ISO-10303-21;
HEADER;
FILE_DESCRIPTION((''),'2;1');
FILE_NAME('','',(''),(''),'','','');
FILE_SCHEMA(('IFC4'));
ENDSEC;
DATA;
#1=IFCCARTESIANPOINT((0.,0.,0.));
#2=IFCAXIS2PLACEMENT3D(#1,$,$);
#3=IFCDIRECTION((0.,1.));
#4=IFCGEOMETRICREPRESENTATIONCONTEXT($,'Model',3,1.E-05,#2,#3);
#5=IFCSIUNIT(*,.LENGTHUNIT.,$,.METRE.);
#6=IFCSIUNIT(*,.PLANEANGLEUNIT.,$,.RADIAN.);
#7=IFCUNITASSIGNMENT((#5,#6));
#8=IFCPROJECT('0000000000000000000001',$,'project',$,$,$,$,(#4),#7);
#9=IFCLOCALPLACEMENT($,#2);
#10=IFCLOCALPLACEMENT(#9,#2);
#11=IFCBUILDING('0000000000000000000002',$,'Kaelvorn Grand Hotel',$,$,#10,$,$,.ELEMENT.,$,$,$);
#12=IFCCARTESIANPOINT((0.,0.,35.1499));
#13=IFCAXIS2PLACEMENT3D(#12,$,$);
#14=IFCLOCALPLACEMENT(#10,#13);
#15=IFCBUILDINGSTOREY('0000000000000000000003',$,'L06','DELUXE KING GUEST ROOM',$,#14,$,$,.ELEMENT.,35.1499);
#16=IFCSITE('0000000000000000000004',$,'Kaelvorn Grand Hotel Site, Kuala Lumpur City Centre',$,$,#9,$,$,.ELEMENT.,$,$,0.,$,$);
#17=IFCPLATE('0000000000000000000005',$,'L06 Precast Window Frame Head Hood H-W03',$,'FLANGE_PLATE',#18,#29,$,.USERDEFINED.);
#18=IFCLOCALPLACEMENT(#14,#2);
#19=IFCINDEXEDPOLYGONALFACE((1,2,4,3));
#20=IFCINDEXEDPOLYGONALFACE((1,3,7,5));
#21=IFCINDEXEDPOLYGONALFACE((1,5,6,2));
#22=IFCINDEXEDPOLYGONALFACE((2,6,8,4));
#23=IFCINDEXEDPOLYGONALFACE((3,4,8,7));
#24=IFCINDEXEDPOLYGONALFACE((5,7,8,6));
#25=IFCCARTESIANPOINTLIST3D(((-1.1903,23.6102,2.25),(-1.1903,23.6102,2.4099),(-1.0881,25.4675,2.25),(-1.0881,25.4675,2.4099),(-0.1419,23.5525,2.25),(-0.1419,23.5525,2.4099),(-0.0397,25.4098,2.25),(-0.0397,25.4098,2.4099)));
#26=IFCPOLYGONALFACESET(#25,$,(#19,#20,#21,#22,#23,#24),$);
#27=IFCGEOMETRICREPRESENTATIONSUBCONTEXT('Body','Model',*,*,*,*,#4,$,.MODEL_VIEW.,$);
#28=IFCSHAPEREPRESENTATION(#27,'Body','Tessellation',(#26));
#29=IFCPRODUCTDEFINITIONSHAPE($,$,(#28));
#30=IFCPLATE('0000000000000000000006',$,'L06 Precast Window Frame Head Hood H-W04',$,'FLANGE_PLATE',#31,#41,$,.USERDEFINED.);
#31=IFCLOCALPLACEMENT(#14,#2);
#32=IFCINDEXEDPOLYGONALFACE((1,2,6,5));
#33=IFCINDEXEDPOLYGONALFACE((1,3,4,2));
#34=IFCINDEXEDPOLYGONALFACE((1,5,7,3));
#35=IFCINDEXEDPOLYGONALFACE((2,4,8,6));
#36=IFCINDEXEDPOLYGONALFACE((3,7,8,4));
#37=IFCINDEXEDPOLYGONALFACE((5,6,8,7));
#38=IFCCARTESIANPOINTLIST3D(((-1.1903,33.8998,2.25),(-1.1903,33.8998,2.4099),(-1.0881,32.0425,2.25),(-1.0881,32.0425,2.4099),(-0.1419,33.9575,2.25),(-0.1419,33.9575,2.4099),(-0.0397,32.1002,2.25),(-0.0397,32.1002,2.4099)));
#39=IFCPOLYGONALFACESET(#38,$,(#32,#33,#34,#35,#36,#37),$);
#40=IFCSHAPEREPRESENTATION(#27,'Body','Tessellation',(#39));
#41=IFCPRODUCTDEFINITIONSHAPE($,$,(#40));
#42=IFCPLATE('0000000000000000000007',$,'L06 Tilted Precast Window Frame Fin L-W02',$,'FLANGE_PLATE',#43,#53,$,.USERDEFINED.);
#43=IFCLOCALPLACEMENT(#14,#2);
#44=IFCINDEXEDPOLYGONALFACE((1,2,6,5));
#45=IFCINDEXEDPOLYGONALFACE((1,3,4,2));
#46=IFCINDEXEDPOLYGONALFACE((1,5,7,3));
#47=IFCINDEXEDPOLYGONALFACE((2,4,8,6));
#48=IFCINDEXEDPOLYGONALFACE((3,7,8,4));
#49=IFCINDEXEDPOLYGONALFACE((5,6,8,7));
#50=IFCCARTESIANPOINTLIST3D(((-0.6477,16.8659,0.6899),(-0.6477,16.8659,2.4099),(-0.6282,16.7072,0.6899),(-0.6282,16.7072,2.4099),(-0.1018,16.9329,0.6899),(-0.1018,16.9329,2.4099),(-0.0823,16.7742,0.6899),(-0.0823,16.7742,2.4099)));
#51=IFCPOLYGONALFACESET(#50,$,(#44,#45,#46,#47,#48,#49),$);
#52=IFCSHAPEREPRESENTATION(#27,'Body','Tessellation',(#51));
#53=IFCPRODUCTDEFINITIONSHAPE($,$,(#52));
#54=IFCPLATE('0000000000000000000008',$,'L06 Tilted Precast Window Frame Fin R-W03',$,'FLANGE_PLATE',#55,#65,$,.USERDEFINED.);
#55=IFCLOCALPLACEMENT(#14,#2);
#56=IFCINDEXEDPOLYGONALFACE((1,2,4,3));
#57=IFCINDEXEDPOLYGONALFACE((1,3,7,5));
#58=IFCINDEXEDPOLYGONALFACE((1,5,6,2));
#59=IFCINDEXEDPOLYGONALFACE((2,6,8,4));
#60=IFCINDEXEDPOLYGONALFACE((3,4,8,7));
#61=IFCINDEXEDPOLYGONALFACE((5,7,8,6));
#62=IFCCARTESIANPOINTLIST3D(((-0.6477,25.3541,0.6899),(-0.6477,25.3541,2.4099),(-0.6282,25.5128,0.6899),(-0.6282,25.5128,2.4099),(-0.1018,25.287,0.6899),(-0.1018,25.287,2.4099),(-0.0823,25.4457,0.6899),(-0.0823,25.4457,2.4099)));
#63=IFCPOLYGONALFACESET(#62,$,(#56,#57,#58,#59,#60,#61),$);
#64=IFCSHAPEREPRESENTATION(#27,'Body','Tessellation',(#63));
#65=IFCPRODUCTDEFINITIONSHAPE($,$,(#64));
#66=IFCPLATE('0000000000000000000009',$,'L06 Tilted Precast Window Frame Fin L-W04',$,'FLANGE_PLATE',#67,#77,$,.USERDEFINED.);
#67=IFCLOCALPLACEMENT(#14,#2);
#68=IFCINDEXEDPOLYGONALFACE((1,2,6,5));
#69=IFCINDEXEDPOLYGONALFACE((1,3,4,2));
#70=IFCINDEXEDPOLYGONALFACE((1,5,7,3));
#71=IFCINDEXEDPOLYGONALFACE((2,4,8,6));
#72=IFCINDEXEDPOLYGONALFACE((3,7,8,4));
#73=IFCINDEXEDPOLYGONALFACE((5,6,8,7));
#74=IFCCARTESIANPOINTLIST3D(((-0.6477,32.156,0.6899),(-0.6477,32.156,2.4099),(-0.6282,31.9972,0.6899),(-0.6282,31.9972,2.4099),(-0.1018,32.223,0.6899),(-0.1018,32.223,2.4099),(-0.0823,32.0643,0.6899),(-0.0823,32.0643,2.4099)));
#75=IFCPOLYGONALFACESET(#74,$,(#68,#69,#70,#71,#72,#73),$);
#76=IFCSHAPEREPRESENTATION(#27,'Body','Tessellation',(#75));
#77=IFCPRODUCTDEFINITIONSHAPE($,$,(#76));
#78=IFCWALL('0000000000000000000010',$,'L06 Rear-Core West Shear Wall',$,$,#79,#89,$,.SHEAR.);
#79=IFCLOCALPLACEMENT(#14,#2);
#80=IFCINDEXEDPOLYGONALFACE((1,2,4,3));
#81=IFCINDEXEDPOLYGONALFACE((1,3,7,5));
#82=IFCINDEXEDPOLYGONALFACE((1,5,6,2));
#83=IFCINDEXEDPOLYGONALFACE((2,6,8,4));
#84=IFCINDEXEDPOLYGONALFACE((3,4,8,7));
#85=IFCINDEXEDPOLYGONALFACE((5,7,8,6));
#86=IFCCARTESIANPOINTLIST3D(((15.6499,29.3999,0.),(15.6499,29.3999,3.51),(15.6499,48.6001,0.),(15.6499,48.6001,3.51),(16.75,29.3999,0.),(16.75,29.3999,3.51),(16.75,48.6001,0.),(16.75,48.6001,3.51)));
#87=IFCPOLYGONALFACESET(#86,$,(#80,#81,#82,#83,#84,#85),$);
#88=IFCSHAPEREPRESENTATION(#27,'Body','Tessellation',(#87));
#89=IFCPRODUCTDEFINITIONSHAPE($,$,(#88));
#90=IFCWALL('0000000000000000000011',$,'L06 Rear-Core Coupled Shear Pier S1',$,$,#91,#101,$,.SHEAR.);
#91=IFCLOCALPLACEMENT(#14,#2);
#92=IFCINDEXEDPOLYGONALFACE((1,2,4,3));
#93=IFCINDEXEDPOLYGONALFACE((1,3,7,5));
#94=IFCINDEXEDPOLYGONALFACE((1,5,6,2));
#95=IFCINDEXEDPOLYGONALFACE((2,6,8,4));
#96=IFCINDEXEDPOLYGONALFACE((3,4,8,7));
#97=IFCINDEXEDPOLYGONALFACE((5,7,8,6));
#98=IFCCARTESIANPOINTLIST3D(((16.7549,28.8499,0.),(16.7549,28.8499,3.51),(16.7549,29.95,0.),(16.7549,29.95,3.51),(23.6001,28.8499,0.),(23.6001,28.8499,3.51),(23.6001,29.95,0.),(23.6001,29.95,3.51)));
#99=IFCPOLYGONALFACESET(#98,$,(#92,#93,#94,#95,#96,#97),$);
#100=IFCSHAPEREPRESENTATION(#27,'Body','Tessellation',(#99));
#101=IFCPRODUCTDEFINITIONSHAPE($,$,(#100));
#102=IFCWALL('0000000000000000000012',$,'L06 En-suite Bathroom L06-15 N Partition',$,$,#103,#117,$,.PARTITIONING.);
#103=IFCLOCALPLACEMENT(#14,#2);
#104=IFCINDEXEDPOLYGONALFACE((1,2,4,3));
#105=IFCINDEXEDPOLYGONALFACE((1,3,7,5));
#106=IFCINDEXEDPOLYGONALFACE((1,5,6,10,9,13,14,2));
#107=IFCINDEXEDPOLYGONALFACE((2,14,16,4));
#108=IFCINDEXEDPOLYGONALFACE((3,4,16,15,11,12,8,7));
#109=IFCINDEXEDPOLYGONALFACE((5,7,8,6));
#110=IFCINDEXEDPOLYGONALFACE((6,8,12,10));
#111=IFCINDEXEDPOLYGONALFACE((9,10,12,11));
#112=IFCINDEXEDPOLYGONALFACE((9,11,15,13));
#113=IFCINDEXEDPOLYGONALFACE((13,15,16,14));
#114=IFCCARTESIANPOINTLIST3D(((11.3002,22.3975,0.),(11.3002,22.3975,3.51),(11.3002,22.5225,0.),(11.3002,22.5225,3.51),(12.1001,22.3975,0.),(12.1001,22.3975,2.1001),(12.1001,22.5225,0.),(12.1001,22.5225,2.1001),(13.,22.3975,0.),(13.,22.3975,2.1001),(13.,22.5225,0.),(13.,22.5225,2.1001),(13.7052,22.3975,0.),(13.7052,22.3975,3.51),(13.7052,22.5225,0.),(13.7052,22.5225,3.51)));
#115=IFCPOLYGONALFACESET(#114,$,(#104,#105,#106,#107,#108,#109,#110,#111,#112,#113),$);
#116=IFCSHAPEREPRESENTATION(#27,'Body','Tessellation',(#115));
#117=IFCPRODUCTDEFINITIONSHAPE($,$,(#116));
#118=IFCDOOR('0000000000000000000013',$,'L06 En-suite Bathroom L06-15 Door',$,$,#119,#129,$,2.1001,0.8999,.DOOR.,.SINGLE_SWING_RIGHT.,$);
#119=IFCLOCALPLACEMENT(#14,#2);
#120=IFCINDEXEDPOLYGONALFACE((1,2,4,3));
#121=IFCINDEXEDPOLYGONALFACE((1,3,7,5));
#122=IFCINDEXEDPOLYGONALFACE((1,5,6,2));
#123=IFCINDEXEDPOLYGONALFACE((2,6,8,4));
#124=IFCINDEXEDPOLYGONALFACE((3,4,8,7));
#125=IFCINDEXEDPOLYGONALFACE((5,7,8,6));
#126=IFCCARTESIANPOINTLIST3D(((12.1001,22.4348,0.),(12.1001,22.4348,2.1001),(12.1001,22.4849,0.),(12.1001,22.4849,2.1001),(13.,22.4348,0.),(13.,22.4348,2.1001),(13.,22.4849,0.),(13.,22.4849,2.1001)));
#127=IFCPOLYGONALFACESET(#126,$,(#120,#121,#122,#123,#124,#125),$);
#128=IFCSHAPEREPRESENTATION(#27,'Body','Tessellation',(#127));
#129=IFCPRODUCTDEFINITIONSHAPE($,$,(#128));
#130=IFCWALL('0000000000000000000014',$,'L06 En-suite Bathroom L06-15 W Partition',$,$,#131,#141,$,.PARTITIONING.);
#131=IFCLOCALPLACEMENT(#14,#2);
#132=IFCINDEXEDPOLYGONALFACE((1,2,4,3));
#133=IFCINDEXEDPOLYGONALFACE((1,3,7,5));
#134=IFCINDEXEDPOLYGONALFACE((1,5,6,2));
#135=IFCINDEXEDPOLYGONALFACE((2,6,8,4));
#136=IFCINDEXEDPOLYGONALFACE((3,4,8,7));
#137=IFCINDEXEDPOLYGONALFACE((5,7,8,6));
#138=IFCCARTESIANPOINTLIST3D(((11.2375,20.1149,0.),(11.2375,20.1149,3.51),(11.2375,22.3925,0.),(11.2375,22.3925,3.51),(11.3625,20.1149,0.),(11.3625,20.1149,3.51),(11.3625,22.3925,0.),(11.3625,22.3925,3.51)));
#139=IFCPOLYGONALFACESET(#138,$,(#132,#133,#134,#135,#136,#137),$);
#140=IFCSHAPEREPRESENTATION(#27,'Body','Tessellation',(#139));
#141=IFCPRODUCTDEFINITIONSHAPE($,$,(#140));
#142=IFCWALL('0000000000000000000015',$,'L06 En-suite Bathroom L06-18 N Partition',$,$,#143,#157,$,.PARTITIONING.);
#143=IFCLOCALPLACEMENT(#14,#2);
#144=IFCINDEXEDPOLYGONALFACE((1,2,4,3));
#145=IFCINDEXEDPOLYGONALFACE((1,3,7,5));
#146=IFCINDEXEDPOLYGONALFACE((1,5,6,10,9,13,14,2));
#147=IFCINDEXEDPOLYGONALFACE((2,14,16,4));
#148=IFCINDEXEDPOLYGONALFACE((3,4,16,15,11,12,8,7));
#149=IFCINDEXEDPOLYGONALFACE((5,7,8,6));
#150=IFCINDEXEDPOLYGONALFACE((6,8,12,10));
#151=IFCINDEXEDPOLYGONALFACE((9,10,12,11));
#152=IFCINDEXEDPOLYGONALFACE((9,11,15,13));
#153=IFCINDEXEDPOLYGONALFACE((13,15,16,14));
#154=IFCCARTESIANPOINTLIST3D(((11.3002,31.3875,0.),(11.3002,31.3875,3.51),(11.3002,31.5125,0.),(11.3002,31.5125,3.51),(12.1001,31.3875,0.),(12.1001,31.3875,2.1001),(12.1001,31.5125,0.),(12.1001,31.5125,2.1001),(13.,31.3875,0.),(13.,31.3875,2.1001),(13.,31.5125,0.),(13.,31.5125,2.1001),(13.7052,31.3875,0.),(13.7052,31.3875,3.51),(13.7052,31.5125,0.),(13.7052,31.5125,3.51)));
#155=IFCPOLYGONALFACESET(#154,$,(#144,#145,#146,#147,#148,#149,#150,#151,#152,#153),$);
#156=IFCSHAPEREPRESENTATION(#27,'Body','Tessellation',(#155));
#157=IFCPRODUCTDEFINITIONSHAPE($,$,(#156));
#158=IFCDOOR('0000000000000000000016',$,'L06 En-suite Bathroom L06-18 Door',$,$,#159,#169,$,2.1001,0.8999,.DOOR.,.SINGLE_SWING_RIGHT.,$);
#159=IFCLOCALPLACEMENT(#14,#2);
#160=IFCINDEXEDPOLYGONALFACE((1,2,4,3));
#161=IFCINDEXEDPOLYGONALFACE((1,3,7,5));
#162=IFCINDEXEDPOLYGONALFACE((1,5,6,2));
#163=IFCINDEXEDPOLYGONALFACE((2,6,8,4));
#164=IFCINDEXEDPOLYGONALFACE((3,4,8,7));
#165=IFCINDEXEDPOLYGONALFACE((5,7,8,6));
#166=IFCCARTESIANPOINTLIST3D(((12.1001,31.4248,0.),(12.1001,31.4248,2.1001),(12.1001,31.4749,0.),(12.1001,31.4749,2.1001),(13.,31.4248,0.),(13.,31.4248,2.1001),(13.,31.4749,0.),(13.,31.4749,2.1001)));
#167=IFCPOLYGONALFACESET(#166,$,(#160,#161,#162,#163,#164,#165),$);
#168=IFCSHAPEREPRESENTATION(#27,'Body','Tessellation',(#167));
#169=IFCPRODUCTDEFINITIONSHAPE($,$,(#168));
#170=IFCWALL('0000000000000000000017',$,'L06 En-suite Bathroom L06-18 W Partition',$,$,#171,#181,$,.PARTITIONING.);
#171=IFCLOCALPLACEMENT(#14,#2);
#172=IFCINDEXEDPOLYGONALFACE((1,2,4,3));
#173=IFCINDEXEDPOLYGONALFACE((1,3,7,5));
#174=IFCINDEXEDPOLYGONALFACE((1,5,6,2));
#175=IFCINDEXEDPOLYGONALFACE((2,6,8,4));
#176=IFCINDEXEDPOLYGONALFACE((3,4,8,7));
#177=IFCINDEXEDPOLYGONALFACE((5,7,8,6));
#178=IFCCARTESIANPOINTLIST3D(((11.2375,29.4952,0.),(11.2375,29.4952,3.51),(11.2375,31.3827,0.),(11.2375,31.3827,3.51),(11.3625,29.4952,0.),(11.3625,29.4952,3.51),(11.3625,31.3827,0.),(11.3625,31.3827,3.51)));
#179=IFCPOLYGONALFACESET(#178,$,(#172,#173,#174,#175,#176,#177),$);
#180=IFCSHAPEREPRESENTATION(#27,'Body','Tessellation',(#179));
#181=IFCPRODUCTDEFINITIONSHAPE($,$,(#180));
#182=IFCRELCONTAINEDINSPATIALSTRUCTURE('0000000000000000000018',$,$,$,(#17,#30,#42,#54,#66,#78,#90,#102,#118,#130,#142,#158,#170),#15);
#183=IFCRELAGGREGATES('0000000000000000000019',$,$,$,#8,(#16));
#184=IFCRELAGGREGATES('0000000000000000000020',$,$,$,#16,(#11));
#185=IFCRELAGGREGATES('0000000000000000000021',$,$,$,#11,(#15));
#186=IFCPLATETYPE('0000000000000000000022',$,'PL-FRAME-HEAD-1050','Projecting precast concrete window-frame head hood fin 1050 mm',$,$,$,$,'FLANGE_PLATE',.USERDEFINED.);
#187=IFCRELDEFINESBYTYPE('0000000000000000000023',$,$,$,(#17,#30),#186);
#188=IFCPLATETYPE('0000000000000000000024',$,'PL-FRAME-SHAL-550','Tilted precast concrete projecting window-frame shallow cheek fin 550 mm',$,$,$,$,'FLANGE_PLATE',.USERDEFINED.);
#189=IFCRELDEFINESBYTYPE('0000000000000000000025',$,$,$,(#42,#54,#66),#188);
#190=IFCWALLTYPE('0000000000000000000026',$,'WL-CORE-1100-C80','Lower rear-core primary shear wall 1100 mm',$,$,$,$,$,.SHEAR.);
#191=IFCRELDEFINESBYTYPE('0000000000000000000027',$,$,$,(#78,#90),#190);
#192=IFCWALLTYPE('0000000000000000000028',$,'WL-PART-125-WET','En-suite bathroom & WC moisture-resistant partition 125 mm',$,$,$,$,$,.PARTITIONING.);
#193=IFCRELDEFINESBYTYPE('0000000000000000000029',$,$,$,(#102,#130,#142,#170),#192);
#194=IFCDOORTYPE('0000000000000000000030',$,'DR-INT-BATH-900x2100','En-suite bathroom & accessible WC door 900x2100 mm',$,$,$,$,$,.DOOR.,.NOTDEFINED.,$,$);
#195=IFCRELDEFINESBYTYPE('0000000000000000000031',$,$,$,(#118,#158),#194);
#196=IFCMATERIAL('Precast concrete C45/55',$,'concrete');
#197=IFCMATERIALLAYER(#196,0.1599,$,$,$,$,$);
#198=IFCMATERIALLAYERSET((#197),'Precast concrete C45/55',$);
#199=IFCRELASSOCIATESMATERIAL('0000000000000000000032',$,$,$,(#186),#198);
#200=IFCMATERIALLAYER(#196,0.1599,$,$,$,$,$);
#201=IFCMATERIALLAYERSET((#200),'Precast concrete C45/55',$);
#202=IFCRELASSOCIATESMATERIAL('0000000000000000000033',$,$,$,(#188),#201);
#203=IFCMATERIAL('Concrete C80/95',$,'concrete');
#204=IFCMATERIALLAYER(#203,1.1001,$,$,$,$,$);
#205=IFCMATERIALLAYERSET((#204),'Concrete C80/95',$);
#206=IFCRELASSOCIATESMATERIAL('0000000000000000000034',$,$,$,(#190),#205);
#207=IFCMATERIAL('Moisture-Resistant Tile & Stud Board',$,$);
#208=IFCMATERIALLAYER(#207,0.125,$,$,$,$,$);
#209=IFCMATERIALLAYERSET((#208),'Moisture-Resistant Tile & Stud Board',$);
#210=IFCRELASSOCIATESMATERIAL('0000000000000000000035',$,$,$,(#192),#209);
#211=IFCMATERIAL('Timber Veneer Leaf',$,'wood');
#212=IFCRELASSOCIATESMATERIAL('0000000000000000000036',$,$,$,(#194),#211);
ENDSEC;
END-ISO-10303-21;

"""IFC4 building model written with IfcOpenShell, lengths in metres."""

from ifc_helpers import new_model, si_unit, direction, frame, frame_2d, origin, origin_2d, place, context, subcontext, project, spatial, rectangle, extrude, material, layer, layer_set, type_object, element, fill, save


model = new_model("IFC4")

# Units and contexts
model_context = context("Model", 3, precision=1e-05, world=origin(), true_north=direction((0.0, 1.0)))
body_context = subcontext(model_context, "Body", "Model", "MODEL_VIEW")
ifc_project = project(units=[si_unit("LENGTHUNIT", "METRE"), si_unit("PLANEANGLEUNIT", "RADIAN")], contexts=[model_context])

# Site, building, storey
site_placement = place(None, origin())
site = spatial("IfcSite", under=ifc_project, at=site_placement, Name="Kaelvorn Grand Hotel Site, Kuala Lumpur City Centre", CompositionType="ELEMENT", RefElevation=0.0)
building_placement = place(site_placement, origin())
building = spatial("IfcBuilding", under=site, at=building_placement, Name="Kaelvorn Grand Hotel", CompositionType="ELEMENT")
storey_placement = place(building_placement, frame((0.0, 0.0, 35.1499)))
storey = spatial("IfcBuildingStorey", under=building, at=storey_placement, Name="L06", Description="DELUXE KING GUEST ROOM", CompositionType="ELEMENT", Elevation=35.1499)

# Shared definitions
ifc_material_1 = material(Name="Concrete C80/95", Category="concrete")

# Plates
ifc_material_2 = material(Name="Precast concrete C45/55", Category="concrete")
ifc_layer_1 = layer(ifc_material_2, 0.1599)
ifc_layer_set_1 = layer_set([ifc_layer_1], Name="Precast concrete C45/55")
plate_type_1 = type_object("IfcPlateType", Name="PL-FRAME-HEAD-1050", Description="Projecting precast concrete window-frame head hood fin 1050 mm", ElementType="FLANGE_PLATE", PredefinedType="USERDEFINED", material=ifc_layer_set_1)
for number, where, z_axis, x_axis, name in (
    (1, (-0.615, 24.51, 2.25), (0.0, 0.0, 1.0), (0.05495, 0.998489, 0.0), "L06 Precast Window Frame Head Hood H-W03"),
    (2, (-0.615, 33.0, 2.25), (0.0, 0.0, 1.0), (-0.05495, 0.998489, 0.0), "L06 Precast Window Frame Head Hood H-W04"),
):
    element("IfcPlate", number, at=place(storey_placement, frame(where, z_axis=z_axis, x_axis=x_axis)), inside=storey, type_object=plate_type_1, Name=name, ObjectType="FLANGE_PLATE", PredefinedType="USERDEFINED", context=body_context, shape_type="SweptSolid", body=[
        extrude(rectangle(XDim=1.8601, YDim=1.05, at=origin_2d()), origin(), (0.0, 0.0, 1.0), 0.1599),
    ])
ifc_layer_2 = layer(ifc_material_2, 0.1599)
ifc_layer_set_2 = layer_set([ifc_layer_2], Name="Precast concrete C45/55")
plate_type_2 = type_object("IfcPlateType", Name="PL-FRAME-SHAL-550", Description="Tilted precast concrete projecting window-frame shallow cheek fin 550 mm", ElementType="FLANGE_PLATE", PredefinedType="USERDEFINED", material=ifc_layer_set_2)
for number, where, z_axis, x_axis, name in (
    (3, (-0.365, 16.8201, 0.6899), (0.0, 0.0, 1.0), (-0.121869, 0.992546, 0.0), "L06 Tilted Precast Window Frame Fin L-W02"),
    (4, (-0.365, 25.3999, 0.6899), (0.0, 0.0, 1.0), (0.121869, 0.992546, 0.0), "L06 Tilted Precast Window Frame Fin R-W03"),
    (5, (-0.365, 32.1101, 0.6899), (0.0, 0.0, 1.0), (-0.121869, 0.992546, 0.0), "L06 Tilted Precast Window Frame Fin L-W04"),
):
    element("IfcPlate", number, at=place(storey_placement, frame(where, z_axis=z_axis, x_axis=x_axis)), inside=storey, type_object=plate_type_2, Name=name, ObjectType="FLANGE_PLATE", PredefinedType="USERDEFINED", context=body_context, shape_type="SweptSolid", body=[
        extrude(rectangle(XDim=0.1599, YDim=0.55, at=origin_2d()), origin(), (0.0, 0.0, 1.0), 1.72),
    ])

# Walls
ifc_layer_3 = layer(ifc_material_1, 1.1001)
ifc_layer_set_3 = layer_set([ifc_layer_3], Name="Concrete C80/95")
wall_type_1 = type_object("IfcWallType", Name="WL-CORE-1100-C80", Description="Lower rear-core primary shear wall 1100 mm", PredefinedType="SHEAR", material=ifc_layer_set_3)
wall_1_placement = place(storey_placement, frame((16.2, 29.3999, 0.0), z_axis=(0.0, 0.0, 1.0), x_axis=(0.0, 1.0, 0.0)))
element("IfcWall", 6, at=wall_1_placement, inside=storey, type_object=wall_type_1, Name="L06 Rear-Core West Shear Wall", PredefinedType="SHEAR", context=body_context, shape_type="SweptSolid", body=[
    extrude(rectangle(XDim=19.2002, YDim=1.1001, at=frame_2d((9.6001, 0.0))), origin(), (0.0, 0.0, 1.0), 3.51),
])
wall_2_placement = place(storey_placement, frame((16.7549, 29.3999, 0.0), z_axis=(0.0, 0.0, 1.0), x_axis=(1.0, 0.0, 0.0)))
element("IfcWall", 7, at=wall_2_placement, inside=storey, type_object=wall_type_1, Name="L06 Rear-Core Coupled Shear Pier S1", PredefinedType="SHEAR", context=body_context, shape_type="SweptSolid", body=[
    extrude(rectangle(XDim=6.8452, YDim=1.1001, at=frame_2d((3.4226, 0.0))), origin(), (0.0, 0.0, 1.0), 3.51),
])

# Wall, opening, door
ifc_material_3 = material(Name="Moisture-Resistant Tile & Stud Board")
ifc_layer_4 = layer(ifc_material_3, 0.125)
ifc_layer_set_4 = layer_set([ifc_layer_4], Name="Moisture-Resistant Tile & Stud Board")
wall_type_2 = type_object("IfcWallType", Name="WL-PART-125-WET", Description="En-suite bathroom & WC moisture-resistant partition 125 mm", PredefinedType="PARTITIONING", material=ifc_layer_set_4)
wall_3_placement = place(storey_placement, frame((11.3, 22.46, 0.0), z_axis=(0.0, 0.0, 1.0), x_axis=(1.0, 0.0, 0.0)))
wall_3 = element("IfcWall", 8, at=wall_3_placement, inside=storey, type_object=wall_type_2, Name="L06 En-suite Bathroom L06-15 N Partition", PredefinedType="PARTITIONING", context=body_context, shape_type="SweptSolid", body=[
    extrude(rectangle(XDim=2.405, YDim=0.125, at=frame_2d((1.2026, 0.0))), origin(), (0.0, 0.0, 1.0), 3.51),
])
opening_1_placement = place(wall_3_placement, frame((0.8, 0.0, 0.0)))
opening_1 = element("IfcOpeningElement", 9, at=opening_1_placement, cuts=wall_3, PredefinedType="OPENING", context=body_context, shape_type="SweptSolid", body=[
    extrude(rectangle(XDim=0.8999, YDim=2.1001, at=frame_2d((0.45, 1.05))), frame((0.0, 0.0725, 0.0), z_axis=(0.0, -1.0, 0.0), x_axis=(1.0, 0.0, 0.0)), (0.0, 0.0, 1.0), 0.145),
])
ifc_material_4 = material(Name="Timber Veneer Leaf", Category="wood")
door_type_1 = type_object("IfcDoorType", Name="DR-INT-BATH-900x2100", Description="En-suite bathroom & accessible WC door 900x2100 mm", OperationType="NOTDEFINED", PredefinedType="DOOR", material=ifc_material_4)
door_1_placement = place(opening_1_placement, origin())
door_1 = element("IfcDoor", 10, at=door_1_placement, inside=storey, type_object=door_type_1, Name="L06 En-suite Bathroom L06-15 Door", OperationType="SINGLE_SWING_RIGHT", OverallHeight=2.1001, OverallWidth=0.8999, PredefinedType="DOOR", context=body_context, shape_type="SweptSolid", body=[
    extrude(rectangle(XDim=0.8999, YDim=2.1001, at=frame_2d((0.45, 1.05))), frame((0.0, 0.0249, 0.0), z_axis=(0.0, -1.0, 0.0), x_axis=(1.0, 0.0, 0.0)), (0.0, 0.0, 1.0), 0.05),
])
fill(opening_1, door_1)

# Wall
wall_4_placement = place(storey_placement, frame((11.3, 20.115, 0.0), z_axis=(0.0, 0.0, 1.0), x_axis=(0.0, 1.0, 0.0)))
element("IfcWall", 11, at=wall_4_placement, inside=storey, type_object=wall_type_2, Name="L06 En-suite Bathroom L06-15 W Partition", PredefinedType="PARTITIONING", context=body_context, shape_type="SweptSolid", body=[
    extrude(rectangle(XDim=2.2776, YDim=0.125, at=frame_2d((1.1387, 0.0))), origin(), (0.0, 0.0, 1.0), 3.51),
])

# Wall, opening, door
wall_5_placement = place(storey_placement, frame((11.3, 31.45, 0.0), z_axis=(0.0, 0.0, 1.0), x_axis=(1.0, 0.0, 0.0)))
wall_5 = element("IfcWall", 12, at=wall_5_placement, inside=storey, type_object=wall_type_2, Name="L06 En-suite Bathroom L06-18 N Partition", PredefinedType="PARTITIONING", context=body_context, shape_type="SweptSolid", body=[
    extrude(rectangle(XDim=2.405, YDim=0.125, at=frame_2d((1.2026, 0.0))), origin(), (0.0, 0.0, 1.0), 3.51),
])
opening_2_placement = place(wall_5_placement, frame((0.8, 0.0, 0.0)))
opening_2 = element("IfcOpeningElement", 13, at=opening_2_placement, cuts=wall_5, PredefinedType="OPENING", context=body_context, shape_type="SweptSolid", body=[
    extrude(rectangle(XDim=0.8999, YDim=2.1001, at=frame_2d((0.45, 1.05))), frame((0.0, 0.0725, 0.0), z_axis=(0.0, -1.0, 0.0), x_axis=(1.0, 0.0, 0.0)), (0.0, 0.0, 1.0), 0.145),
])
door_2_placement = place(opening_2_placement, origin())
door_2 = element("IfcDoor", 14, at=door_2_placement, inside=storey, type_object=door_type_1, Name="L06 En-suite Bathroom L06-18 Door", OperationType="SINGLE_SWING_RIGHT", OverallHeight=2.1001, OverallWidth=0.8999, PredefinedType="DOOR", context=body_context, shape_type="SweptSolid", body=[
    extrude(rectangle(XDim=0.8999, YDim=2.1001, at=frame_2d((0.45, 1.05))), frame((0.0, 0.0249, 0.0), z_axis=(0.0, -1.0, 0.0), x_axis=(1.0, 0.0, 0.0)), (0.0, 0.0, 1.0), 0.05),
])
fill(opening_2, door_2)

# Wall
wall_6_placement = place(storey_placement, frame((11.3, 29.4951, 0.0), z_axis=(0.0, 0.0, 1.0), x_axis=(0.0, 1.0, 0.0)))
element("IfcWall", 15, at=wall_6_placement, inside=storey, type_object=wall_type_2, Name="L06 En-suite Bathroom L06-18 W Partition", PredefinedType="PARTITIONING", context=body_context, shape_type="SweptSolid", body=[
    extrude(rectangle(XDim=1.8875, YDim=0.125, at=frame_2d((0.9438, 0.0))), origin(), (0.0, 0.0, 1.0), 3.51),
])

save(model, "model.ifc")
